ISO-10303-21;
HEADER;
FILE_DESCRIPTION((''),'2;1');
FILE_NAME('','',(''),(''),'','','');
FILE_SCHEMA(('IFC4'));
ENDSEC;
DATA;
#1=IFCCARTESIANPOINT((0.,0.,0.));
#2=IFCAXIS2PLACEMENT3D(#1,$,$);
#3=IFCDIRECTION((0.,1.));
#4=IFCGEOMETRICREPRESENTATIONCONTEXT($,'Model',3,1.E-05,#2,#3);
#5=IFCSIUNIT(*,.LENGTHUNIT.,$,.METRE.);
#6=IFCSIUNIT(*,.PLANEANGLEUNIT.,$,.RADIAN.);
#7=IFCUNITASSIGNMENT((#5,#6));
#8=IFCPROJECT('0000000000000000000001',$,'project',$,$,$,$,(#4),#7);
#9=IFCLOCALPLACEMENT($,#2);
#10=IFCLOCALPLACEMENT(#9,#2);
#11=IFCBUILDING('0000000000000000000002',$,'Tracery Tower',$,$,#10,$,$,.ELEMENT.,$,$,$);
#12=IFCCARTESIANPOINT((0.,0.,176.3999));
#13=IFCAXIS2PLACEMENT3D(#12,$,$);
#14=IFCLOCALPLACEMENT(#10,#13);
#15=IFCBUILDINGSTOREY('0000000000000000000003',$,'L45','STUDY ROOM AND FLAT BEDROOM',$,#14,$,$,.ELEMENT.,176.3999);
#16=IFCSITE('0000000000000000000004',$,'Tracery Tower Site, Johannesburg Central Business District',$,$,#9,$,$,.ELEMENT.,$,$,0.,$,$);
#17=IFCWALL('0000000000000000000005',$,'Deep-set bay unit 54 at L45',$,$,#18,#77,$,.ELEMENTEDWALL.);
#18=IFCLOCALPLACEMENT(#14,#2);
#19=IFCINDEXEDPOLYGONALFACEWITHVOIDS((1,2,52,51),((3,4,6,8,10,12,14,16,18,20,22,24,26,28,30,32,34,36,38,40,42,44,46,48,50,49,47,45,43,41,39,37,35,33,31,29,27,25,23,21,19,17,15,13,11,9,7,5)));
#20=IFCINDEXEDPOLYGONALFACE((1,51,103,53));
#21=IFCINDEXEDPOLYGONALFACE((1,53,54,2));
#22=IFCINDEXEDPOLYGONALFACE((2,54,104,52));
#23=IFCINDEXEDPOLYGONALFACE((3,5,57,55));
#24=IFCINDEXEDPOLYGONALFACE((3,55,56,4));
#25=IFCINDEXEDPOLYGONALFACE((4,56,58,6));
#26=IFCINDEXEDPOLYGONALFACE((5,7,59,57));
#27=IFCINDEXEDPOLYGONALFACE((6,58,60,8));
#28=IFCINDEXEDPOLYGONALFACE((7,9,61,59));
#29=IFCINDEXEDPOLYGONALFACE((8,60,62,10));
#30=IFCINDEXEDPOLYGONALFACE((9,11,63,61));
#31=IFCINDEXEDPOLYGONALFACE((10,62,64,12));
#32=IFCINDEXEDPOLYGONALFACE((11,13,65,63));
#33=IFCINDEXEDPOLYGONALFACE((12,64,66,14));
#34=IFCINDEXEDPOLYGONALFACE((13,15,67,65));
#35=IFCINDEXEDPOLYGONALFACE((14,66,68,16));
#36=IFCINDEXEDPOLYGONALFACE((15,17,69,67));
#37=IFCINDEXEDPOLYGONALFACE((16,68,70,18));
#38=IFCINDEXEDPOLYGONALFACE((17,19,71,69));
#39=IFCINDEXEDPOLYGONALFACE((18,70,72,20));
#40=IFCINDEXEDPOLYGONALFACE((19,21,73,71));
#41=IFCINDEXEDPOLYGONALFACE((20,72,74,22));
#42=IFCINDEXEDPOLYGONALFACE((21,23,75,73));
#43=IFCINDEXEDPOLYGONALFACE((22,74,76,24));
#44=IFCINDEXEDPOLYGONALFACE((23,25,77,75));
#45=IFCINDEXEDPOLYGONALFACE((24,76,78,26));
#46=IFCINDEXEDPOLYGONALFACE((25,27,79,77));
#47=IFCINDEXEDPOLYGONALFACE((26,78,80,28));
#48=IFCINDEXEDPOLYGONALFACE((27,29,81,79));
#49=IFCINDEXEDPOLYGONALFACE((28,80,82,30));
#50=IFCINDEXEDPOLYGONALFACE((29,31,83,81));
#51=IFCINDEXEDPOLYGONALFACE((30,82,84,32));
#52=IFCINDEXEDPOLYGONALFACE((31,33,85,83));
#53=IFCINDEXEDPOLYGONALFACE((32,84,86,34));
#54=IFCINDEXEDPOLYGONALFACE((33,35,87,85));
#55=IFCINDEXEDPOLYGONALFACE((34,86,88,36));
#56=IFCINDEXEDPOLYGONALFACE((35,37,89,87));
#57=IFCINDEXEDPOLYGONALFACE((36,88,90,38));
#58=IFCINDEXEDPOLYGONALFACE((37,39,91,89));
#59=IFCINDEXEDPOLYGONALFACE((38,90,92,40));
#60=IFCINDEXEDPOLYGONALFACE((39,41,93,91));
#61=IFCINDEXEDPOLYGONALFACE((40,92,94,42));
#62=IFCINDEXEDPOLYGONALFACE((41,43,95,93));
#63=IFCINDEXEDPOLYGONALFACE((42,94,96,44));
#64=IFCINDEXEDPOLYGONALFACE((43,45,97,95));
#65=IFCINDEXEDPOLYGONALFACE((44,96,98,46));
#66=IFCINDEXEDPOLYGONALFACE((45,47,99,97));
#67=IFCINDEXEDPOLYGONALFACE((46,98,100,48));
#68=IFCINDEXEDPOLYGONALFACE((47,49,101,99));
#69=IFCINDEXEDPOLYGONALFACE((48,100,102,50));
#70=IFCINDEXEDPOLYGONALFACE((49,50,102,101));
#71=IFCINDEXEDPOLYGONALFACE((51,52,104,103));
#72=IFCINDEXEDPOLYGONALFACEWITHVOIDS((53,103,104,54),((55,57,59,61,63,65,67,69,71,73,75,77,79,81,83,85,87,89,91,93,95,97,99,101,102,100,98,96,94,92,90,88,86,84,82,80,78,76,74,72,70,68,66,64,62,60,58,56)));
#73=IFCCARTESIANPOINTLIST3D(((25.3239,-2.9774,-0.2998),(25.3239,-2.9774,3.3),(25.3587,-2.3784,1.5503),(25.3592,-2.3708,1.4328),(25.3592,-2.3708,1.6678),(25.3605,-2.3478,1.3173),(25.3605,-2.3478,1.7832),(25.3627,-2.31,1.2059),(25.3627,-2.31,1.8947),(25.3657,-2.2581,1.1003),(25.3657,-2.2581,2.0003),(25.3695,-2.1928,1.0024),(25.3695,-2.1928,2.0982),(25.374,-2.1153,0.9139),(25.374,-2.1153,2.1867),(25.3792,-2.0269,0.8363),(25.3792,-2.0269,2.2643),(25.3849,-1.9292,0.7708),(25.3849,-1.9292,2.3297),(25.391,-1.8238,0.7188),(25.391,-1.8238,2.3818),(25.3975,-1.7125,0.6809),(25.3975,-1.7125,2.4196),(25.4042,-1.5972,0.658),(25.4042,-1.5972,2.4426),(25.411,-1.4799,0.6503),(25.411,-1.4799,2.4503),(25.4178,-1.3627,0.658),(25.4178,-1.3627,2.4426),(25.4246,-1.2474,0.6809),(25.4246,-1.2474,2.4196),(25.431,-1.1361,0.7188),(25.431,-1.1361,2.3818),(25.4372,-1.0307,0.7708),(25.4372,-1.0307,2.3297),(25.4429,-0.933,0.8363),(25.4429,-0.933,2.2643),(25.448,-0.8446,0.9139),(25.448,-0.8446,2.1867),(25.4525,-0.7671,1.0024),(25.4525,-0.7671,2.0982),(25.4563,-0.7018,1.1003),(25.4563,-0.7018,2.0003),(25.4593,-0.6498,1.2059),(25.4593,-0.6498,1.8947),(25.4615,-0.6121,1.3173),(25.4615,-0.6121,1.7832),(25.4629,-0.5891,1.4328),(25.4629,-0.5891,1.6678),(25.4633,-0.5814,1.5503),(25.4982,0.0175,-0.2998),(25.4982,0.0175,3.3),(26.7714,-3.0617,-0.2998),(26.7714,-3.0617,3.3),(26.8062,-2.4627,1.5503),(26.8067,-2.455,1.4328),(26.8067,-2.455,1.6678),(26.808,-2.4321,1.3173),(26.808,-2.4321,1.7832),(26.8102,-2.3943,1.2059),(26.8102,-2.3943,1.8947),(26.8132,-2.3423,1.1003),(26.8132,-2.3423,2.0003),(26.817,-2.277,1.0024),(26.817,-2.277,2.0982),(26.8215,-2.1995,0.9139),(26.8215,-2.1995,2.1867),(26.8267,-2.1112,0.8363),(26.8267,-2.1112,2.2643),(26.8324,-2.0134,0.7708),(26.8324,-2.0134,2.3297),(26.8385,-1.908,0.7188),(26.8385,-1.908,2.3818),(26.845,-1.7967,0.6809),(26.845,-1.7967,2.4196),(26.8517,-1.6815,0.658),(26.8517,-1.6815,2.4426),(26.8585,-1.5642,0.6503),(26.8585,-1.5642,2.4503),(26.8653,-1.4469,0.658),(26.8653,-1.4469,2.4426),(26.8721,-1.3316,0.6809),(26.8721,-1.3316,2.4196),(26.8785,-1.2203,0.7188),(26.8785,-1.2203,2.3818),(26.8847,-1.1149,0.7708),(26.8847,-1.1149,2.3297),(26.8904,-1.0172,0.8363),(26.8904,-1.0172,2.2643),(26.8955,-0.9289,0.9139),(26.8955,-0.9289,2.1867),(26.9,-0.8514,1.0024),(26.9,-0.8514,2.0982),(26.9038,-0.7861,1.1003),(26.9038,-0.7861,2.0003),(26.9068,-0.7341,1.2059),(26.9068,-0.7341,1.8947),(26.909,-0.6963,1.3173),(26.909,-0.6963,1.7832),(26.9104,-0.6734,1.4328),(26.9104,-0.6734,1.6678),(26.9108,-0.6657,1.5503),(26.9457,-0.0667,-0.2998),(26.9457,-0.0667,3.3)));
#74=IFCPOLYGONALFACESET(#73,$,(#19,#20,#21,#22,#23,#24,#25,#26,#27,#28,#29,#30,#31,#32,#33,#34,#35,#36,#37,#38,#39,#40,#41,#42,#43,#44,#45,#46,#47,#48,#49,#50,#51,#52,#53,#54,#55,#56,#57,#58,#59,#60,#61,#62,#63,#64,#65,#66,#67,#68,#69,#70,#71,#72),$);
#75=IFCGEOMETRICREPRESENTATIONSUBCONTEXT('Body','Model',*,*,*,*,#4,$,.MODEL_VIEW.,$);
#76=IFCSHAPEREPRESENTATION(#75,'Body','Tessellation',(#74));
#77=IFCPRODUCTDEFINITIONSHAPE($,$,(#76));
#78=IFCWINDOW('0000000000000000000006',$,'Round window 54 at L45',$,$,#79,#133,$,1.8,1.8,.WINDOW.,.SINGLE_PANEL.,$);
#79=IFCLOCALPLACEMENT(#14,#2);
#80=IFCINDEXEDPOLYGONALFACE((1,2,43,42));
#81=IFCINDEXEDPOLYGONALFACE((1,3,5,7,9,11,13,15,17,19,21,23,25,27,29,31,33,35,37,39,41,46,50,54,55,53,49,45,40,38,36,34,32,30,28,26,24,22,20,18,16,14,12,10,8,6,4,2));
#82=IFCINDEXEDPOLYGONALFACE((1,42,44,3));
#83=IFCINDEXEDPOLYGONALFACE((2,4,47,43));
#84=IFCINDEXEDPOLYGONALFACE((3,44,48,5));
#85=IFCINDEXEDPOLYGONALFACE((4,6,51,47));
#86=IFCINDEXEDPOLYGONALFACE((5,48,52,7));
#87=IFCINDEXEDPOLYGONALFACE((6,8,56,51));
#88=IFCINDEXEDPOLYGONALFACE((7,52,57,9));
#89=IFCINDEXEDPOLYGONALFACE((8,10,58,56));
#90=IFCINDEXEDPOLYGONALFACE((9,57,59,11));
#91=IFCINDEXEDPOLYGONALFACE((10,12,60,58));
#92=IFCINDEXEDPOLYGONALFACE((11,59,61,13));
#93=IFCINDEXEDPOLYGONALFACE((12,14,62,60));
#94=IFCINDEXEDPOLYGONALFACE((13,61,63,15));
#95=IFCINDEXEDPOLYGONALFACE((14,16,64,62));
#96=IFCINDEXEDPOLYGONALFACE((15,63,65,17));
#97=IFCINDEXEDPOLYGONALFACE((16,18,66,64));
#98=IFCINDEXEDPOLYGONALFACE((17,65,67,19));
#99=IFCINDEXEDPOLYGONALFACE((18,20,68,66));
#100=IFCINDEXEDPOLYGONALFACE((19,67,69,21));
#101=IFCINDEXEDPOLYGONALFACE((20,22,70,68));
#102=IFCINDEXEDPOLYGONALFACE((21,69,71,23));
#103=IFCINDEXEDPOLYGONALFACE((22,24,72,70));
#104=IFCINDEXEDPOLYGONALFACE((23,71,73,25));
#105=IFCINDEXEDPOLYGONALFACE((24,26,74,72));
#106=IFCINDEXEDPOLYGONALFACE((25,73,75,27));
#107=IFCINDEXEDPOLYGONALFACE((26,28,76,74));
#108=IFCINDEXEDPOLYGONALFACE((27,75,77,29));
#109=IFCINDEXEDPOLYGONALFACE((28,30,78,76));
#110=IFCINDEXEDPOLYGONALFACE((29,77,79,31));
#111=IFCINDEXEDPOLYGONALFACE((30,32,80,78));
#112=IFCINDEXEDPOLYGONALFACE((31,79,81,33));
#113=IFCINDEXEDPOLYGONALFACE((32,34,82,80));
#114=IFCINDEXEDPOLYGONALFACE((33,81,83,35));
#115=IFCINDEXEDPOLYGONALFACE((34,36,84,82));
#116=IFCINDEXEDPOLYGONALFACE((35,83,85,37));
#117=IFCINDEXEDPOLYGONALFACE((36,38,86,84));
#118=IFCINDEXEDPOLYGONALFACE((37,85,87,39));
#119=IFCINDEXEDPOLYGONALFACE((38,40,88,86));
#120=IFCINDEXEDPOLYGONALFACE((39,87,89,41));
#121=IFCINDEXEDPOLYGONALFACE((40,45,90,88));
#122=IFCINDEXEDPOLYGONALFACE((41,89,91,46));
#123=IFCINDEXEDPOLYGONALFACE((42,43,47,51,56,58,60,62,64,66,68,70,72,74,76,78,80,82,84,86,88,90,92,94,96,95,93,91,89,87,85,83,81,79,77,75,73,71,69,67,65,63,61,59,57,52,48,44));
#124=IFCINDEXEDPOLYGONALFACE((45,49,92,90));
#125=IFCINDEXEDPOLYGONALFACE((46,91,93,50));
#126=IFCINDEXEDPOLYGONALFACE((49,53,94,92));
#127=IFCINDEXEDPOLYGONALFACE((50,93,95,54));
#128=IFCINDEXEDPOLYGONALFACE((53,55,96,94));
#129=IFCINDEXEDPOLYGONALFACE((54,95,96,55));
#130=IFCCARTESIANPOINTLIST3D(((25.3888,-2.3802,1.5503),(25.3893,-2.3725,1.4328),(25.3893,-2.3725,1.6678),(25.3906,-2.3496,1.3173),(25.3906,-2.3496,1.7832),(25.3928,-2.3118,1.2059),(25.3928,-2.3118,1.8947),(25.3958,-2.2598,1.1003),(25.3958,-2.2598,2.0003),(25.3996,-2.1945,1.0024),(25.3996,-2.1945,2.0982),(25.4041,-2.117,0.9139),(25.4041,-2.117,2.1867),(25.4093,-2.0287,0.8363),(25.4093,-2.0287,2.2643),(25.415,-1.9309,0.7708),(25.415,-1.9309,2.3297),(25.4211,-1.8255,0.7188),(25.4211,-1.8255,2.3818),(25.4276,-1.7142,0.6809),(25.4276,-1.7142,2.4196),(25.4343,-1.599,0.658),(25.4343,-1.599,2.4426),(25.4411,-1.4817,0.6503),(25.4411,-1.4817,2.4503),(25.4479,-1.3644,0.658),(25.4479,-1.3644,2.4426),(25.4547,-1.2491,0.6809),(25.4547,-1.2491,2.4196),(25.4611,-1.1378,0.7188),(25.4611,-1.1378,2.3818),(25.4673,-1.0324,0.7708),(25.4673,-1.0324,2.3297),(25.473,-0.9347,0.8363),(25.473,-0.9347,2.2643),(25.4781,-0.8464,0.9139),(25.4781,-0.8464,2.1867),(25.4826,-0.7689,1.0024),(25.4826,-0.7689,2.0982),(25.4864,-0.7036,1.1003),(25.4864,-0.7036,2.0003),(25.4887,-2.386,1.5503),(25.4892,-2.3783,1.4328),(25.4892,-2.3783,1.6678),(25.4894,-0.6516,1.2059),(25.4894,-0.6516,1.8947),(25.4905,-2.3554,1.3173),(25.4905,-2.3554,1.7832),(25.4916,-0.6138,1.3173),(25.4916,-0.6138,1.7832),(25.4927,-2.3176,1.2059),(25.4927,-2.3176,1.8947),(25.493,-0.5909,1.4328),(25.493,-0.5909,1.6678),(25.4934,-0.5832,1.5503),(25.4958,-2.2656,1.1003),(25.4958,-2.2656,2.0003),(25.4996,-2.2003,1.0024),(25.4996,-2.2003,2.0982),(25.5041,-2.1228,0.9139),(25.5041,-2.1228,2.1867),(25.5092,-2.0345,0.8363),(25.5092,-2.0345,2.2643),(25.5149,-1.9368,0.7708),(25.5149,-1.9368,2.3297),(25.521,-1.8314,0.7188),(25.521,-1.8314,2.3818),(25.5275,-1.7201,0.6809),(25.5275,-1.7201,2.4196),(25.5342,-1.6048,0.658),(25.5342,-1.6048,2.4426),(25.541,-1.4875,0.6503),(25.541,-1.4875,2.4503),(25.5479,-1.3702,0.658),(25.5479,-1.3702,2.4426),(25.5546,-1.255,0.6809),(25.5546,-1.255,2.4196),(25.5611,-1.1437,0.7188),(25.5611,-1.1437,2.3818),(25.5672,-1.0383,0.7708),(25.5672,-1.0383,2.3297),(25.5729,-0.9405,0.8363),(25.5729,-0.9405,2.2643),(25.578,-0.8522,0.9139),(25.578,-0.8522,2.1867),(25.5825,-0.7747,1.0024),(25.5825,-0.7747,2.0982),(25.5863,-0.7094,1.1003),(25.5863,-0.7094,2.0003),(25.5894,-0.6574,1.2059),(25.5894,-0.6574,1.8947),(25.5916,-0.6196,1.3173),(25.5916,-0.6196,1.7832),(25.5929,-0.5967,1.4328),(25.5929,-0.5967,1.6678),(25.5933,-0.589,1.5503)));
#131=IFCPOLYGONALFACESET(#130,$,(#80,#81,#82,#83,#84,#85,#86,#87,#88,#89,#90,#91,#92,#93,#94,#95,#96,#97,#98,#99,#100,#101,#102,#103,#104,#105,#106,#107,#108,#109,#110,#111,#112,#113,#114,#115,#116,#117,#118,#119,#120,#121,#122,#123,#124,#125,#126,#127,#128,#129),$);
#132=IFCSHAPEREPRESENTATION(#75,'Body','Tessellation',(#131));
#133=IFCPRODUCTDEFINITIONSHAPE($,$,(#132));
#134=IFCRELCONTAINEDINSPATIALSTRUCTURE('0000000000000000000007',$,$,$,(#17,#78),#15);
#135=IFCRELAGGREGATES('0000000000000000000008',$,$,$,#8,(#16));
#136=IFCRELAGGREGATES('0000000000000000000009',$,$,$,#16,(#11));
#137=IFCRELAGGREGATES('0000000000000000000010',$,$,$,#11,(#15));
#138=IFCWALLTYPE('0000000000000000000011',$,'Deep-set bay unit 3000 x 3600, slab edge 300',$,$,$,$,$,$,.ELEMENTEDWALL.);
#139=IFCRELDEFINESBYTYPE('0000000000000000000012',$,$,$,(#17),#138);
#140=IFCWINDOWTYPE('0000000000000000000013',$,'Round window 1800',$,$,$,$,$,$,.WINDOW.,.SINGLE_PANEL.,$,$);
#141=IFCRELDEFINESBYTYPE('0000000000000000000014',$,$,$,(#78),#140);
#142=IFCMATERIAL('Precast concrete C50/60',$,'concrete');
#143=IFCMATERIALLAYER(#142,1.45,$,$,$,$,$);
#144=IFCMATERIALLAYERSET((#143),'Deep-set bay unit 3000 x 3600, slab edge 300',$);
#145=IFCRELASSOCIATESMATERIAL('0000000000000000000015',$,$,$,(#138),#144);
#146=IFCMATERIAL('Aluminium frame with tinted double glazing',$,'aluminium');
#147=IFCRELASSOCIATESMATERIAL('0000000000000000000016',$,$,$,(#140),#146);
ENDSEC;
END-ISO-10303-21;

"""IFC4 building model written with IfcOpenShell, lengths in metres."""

from ifc_helpers import new_model, si_unit, direction, frame, frame_2d, origin, origin_2d, place, context, subcontext, project, spatial, rectangle, circle, extrude, material, layer, layer_set, type_object, element, fill, save


model = new_model("IFC4")

# Units and contexts
model_context = context("Model", 3, precision=1e-05, world=origin(), true_north=direction((0.0, 1.0)))
body_context = subcontext(model_context, "Body", "Model", "MODEL_VIEW")
ifc_project = project(units=[si_unit("LENGTHUNIT", "METRE"), si_unit("PLANEANGLEUNIT", "RADIAN")], contexts=[model_context])

# Site, building, storey
site_placement = place(None, origin())
site = spatial("IfcSite", under=ifc_project, at=site_placement, Name="Tracery Tower Site, Johannesburg Central Business District", CompositionType="ELEMENT", RefElevation=0.0)
building_placement = place(site_placement, origin())
building = spatial("IfcBuilding", under=site, at=building_placement, Name="Tracery Tower", CompositionType="ELEMENT")
storey_placement = place(building_placement, frame((0.0, 0.0, 176.3999)))
storey = spatial("IfcBuildingStorey", under=building, at=storey_placement, Name="L45", Description="STUDY ROOM AND FLAT BEDROOM", CompositionType="ELEMENT", Elevation=176.3999)

# Wall, opening, window
ifc_material_1 = material(Name="Precast concrete C50/60", Category="concrete")
ifc_layer_1 = layer(ifc_material_1, 1.45)
ifc_layer_set_1 = layer_set([ifc_layer_1], Name="Deep-set bay unit 3000 x 3600, slab edge 300")
wall_type_1 = type_object("IfcWallType", Name="Deep-set bay unit 3000 x 3600, slab edge 300", PredefinedType="ELEMENTEDWALL", material=ifc_layer_set_1)
ifc_material_2 = material(Name="Aluminium frame with tinted double glazing", Category="aluminium")
window_type = type_object("IfcWindowType", Name="Round window 1800", PartitioningType="SINGLE_PANEL", PredefinedType="WINDOW", material=ifc_material_2)
wall_1_placement = place(storey_placement, frame((26.0476, -3.0195, -0.2998), z_axis=(0.0, 0.0, 1.0), x_axis=(0.058107, 0.99831, 0.0)))
wall_1 = element("IfcWall", 1, at=wall_1_placement, inside=storey, type_object=wall_type_1, Name="Deep-set bay unit 54 at L45", PredefinedType="ELEMENTEDWALL", context=body_context, shape_type="SweptSolid", body=[
    extrude(rectangle(XDim=3.0, YDim=1.45, at=frame_2d((1.5, 0.0))), origin(), (0.0, 0.0, 1.0), 3.5999),
])
opening_1_placement = place(wall_1_placement, frame((1.5, 0.0, 1.8501)))
opening_1 = element("IfcOpeningElement", 2, at=opening_1_placement, cuts=wall_1, PredefinedType="OPENING", context=body_context, shape_type="SweptSolid", body=[
    extrude(circle(Radius=0.9, at=origin_2d()), frame((0.0, 0.7349, 0.0), z_axis=(0.0, -1.0, 0.0), x_axis=(1.0, 0.0, 0.0)), (0.0, 0.0, 1.0), 1.47),
])
window_1_placement = place(opening_1_placement, origin())
window_1 = element("IfcWindow", 3, at=window_1_placement, inside=storey, type_object=window_type, Name="Round window 54 at L45", OverallHeight=1.8, OverallWidth=1.8, PartitioningType="SINGLE_PANEL", PredefinedType="WINDOW", context=body_context, shape_type="SweptSolid", body=[
    extrude(circle(Radius=0.9, at=origin_2d()), frame((0.0, 0.6948, 0.0), z_axis=(0.0, -1.0, 0.0), x_axis=(1.0, 0.0, 0.0)), (0.0, 0.0, 1.0), 0.1001),
])
fill(opening_1, window_1)

save(model, "model.ifc")
